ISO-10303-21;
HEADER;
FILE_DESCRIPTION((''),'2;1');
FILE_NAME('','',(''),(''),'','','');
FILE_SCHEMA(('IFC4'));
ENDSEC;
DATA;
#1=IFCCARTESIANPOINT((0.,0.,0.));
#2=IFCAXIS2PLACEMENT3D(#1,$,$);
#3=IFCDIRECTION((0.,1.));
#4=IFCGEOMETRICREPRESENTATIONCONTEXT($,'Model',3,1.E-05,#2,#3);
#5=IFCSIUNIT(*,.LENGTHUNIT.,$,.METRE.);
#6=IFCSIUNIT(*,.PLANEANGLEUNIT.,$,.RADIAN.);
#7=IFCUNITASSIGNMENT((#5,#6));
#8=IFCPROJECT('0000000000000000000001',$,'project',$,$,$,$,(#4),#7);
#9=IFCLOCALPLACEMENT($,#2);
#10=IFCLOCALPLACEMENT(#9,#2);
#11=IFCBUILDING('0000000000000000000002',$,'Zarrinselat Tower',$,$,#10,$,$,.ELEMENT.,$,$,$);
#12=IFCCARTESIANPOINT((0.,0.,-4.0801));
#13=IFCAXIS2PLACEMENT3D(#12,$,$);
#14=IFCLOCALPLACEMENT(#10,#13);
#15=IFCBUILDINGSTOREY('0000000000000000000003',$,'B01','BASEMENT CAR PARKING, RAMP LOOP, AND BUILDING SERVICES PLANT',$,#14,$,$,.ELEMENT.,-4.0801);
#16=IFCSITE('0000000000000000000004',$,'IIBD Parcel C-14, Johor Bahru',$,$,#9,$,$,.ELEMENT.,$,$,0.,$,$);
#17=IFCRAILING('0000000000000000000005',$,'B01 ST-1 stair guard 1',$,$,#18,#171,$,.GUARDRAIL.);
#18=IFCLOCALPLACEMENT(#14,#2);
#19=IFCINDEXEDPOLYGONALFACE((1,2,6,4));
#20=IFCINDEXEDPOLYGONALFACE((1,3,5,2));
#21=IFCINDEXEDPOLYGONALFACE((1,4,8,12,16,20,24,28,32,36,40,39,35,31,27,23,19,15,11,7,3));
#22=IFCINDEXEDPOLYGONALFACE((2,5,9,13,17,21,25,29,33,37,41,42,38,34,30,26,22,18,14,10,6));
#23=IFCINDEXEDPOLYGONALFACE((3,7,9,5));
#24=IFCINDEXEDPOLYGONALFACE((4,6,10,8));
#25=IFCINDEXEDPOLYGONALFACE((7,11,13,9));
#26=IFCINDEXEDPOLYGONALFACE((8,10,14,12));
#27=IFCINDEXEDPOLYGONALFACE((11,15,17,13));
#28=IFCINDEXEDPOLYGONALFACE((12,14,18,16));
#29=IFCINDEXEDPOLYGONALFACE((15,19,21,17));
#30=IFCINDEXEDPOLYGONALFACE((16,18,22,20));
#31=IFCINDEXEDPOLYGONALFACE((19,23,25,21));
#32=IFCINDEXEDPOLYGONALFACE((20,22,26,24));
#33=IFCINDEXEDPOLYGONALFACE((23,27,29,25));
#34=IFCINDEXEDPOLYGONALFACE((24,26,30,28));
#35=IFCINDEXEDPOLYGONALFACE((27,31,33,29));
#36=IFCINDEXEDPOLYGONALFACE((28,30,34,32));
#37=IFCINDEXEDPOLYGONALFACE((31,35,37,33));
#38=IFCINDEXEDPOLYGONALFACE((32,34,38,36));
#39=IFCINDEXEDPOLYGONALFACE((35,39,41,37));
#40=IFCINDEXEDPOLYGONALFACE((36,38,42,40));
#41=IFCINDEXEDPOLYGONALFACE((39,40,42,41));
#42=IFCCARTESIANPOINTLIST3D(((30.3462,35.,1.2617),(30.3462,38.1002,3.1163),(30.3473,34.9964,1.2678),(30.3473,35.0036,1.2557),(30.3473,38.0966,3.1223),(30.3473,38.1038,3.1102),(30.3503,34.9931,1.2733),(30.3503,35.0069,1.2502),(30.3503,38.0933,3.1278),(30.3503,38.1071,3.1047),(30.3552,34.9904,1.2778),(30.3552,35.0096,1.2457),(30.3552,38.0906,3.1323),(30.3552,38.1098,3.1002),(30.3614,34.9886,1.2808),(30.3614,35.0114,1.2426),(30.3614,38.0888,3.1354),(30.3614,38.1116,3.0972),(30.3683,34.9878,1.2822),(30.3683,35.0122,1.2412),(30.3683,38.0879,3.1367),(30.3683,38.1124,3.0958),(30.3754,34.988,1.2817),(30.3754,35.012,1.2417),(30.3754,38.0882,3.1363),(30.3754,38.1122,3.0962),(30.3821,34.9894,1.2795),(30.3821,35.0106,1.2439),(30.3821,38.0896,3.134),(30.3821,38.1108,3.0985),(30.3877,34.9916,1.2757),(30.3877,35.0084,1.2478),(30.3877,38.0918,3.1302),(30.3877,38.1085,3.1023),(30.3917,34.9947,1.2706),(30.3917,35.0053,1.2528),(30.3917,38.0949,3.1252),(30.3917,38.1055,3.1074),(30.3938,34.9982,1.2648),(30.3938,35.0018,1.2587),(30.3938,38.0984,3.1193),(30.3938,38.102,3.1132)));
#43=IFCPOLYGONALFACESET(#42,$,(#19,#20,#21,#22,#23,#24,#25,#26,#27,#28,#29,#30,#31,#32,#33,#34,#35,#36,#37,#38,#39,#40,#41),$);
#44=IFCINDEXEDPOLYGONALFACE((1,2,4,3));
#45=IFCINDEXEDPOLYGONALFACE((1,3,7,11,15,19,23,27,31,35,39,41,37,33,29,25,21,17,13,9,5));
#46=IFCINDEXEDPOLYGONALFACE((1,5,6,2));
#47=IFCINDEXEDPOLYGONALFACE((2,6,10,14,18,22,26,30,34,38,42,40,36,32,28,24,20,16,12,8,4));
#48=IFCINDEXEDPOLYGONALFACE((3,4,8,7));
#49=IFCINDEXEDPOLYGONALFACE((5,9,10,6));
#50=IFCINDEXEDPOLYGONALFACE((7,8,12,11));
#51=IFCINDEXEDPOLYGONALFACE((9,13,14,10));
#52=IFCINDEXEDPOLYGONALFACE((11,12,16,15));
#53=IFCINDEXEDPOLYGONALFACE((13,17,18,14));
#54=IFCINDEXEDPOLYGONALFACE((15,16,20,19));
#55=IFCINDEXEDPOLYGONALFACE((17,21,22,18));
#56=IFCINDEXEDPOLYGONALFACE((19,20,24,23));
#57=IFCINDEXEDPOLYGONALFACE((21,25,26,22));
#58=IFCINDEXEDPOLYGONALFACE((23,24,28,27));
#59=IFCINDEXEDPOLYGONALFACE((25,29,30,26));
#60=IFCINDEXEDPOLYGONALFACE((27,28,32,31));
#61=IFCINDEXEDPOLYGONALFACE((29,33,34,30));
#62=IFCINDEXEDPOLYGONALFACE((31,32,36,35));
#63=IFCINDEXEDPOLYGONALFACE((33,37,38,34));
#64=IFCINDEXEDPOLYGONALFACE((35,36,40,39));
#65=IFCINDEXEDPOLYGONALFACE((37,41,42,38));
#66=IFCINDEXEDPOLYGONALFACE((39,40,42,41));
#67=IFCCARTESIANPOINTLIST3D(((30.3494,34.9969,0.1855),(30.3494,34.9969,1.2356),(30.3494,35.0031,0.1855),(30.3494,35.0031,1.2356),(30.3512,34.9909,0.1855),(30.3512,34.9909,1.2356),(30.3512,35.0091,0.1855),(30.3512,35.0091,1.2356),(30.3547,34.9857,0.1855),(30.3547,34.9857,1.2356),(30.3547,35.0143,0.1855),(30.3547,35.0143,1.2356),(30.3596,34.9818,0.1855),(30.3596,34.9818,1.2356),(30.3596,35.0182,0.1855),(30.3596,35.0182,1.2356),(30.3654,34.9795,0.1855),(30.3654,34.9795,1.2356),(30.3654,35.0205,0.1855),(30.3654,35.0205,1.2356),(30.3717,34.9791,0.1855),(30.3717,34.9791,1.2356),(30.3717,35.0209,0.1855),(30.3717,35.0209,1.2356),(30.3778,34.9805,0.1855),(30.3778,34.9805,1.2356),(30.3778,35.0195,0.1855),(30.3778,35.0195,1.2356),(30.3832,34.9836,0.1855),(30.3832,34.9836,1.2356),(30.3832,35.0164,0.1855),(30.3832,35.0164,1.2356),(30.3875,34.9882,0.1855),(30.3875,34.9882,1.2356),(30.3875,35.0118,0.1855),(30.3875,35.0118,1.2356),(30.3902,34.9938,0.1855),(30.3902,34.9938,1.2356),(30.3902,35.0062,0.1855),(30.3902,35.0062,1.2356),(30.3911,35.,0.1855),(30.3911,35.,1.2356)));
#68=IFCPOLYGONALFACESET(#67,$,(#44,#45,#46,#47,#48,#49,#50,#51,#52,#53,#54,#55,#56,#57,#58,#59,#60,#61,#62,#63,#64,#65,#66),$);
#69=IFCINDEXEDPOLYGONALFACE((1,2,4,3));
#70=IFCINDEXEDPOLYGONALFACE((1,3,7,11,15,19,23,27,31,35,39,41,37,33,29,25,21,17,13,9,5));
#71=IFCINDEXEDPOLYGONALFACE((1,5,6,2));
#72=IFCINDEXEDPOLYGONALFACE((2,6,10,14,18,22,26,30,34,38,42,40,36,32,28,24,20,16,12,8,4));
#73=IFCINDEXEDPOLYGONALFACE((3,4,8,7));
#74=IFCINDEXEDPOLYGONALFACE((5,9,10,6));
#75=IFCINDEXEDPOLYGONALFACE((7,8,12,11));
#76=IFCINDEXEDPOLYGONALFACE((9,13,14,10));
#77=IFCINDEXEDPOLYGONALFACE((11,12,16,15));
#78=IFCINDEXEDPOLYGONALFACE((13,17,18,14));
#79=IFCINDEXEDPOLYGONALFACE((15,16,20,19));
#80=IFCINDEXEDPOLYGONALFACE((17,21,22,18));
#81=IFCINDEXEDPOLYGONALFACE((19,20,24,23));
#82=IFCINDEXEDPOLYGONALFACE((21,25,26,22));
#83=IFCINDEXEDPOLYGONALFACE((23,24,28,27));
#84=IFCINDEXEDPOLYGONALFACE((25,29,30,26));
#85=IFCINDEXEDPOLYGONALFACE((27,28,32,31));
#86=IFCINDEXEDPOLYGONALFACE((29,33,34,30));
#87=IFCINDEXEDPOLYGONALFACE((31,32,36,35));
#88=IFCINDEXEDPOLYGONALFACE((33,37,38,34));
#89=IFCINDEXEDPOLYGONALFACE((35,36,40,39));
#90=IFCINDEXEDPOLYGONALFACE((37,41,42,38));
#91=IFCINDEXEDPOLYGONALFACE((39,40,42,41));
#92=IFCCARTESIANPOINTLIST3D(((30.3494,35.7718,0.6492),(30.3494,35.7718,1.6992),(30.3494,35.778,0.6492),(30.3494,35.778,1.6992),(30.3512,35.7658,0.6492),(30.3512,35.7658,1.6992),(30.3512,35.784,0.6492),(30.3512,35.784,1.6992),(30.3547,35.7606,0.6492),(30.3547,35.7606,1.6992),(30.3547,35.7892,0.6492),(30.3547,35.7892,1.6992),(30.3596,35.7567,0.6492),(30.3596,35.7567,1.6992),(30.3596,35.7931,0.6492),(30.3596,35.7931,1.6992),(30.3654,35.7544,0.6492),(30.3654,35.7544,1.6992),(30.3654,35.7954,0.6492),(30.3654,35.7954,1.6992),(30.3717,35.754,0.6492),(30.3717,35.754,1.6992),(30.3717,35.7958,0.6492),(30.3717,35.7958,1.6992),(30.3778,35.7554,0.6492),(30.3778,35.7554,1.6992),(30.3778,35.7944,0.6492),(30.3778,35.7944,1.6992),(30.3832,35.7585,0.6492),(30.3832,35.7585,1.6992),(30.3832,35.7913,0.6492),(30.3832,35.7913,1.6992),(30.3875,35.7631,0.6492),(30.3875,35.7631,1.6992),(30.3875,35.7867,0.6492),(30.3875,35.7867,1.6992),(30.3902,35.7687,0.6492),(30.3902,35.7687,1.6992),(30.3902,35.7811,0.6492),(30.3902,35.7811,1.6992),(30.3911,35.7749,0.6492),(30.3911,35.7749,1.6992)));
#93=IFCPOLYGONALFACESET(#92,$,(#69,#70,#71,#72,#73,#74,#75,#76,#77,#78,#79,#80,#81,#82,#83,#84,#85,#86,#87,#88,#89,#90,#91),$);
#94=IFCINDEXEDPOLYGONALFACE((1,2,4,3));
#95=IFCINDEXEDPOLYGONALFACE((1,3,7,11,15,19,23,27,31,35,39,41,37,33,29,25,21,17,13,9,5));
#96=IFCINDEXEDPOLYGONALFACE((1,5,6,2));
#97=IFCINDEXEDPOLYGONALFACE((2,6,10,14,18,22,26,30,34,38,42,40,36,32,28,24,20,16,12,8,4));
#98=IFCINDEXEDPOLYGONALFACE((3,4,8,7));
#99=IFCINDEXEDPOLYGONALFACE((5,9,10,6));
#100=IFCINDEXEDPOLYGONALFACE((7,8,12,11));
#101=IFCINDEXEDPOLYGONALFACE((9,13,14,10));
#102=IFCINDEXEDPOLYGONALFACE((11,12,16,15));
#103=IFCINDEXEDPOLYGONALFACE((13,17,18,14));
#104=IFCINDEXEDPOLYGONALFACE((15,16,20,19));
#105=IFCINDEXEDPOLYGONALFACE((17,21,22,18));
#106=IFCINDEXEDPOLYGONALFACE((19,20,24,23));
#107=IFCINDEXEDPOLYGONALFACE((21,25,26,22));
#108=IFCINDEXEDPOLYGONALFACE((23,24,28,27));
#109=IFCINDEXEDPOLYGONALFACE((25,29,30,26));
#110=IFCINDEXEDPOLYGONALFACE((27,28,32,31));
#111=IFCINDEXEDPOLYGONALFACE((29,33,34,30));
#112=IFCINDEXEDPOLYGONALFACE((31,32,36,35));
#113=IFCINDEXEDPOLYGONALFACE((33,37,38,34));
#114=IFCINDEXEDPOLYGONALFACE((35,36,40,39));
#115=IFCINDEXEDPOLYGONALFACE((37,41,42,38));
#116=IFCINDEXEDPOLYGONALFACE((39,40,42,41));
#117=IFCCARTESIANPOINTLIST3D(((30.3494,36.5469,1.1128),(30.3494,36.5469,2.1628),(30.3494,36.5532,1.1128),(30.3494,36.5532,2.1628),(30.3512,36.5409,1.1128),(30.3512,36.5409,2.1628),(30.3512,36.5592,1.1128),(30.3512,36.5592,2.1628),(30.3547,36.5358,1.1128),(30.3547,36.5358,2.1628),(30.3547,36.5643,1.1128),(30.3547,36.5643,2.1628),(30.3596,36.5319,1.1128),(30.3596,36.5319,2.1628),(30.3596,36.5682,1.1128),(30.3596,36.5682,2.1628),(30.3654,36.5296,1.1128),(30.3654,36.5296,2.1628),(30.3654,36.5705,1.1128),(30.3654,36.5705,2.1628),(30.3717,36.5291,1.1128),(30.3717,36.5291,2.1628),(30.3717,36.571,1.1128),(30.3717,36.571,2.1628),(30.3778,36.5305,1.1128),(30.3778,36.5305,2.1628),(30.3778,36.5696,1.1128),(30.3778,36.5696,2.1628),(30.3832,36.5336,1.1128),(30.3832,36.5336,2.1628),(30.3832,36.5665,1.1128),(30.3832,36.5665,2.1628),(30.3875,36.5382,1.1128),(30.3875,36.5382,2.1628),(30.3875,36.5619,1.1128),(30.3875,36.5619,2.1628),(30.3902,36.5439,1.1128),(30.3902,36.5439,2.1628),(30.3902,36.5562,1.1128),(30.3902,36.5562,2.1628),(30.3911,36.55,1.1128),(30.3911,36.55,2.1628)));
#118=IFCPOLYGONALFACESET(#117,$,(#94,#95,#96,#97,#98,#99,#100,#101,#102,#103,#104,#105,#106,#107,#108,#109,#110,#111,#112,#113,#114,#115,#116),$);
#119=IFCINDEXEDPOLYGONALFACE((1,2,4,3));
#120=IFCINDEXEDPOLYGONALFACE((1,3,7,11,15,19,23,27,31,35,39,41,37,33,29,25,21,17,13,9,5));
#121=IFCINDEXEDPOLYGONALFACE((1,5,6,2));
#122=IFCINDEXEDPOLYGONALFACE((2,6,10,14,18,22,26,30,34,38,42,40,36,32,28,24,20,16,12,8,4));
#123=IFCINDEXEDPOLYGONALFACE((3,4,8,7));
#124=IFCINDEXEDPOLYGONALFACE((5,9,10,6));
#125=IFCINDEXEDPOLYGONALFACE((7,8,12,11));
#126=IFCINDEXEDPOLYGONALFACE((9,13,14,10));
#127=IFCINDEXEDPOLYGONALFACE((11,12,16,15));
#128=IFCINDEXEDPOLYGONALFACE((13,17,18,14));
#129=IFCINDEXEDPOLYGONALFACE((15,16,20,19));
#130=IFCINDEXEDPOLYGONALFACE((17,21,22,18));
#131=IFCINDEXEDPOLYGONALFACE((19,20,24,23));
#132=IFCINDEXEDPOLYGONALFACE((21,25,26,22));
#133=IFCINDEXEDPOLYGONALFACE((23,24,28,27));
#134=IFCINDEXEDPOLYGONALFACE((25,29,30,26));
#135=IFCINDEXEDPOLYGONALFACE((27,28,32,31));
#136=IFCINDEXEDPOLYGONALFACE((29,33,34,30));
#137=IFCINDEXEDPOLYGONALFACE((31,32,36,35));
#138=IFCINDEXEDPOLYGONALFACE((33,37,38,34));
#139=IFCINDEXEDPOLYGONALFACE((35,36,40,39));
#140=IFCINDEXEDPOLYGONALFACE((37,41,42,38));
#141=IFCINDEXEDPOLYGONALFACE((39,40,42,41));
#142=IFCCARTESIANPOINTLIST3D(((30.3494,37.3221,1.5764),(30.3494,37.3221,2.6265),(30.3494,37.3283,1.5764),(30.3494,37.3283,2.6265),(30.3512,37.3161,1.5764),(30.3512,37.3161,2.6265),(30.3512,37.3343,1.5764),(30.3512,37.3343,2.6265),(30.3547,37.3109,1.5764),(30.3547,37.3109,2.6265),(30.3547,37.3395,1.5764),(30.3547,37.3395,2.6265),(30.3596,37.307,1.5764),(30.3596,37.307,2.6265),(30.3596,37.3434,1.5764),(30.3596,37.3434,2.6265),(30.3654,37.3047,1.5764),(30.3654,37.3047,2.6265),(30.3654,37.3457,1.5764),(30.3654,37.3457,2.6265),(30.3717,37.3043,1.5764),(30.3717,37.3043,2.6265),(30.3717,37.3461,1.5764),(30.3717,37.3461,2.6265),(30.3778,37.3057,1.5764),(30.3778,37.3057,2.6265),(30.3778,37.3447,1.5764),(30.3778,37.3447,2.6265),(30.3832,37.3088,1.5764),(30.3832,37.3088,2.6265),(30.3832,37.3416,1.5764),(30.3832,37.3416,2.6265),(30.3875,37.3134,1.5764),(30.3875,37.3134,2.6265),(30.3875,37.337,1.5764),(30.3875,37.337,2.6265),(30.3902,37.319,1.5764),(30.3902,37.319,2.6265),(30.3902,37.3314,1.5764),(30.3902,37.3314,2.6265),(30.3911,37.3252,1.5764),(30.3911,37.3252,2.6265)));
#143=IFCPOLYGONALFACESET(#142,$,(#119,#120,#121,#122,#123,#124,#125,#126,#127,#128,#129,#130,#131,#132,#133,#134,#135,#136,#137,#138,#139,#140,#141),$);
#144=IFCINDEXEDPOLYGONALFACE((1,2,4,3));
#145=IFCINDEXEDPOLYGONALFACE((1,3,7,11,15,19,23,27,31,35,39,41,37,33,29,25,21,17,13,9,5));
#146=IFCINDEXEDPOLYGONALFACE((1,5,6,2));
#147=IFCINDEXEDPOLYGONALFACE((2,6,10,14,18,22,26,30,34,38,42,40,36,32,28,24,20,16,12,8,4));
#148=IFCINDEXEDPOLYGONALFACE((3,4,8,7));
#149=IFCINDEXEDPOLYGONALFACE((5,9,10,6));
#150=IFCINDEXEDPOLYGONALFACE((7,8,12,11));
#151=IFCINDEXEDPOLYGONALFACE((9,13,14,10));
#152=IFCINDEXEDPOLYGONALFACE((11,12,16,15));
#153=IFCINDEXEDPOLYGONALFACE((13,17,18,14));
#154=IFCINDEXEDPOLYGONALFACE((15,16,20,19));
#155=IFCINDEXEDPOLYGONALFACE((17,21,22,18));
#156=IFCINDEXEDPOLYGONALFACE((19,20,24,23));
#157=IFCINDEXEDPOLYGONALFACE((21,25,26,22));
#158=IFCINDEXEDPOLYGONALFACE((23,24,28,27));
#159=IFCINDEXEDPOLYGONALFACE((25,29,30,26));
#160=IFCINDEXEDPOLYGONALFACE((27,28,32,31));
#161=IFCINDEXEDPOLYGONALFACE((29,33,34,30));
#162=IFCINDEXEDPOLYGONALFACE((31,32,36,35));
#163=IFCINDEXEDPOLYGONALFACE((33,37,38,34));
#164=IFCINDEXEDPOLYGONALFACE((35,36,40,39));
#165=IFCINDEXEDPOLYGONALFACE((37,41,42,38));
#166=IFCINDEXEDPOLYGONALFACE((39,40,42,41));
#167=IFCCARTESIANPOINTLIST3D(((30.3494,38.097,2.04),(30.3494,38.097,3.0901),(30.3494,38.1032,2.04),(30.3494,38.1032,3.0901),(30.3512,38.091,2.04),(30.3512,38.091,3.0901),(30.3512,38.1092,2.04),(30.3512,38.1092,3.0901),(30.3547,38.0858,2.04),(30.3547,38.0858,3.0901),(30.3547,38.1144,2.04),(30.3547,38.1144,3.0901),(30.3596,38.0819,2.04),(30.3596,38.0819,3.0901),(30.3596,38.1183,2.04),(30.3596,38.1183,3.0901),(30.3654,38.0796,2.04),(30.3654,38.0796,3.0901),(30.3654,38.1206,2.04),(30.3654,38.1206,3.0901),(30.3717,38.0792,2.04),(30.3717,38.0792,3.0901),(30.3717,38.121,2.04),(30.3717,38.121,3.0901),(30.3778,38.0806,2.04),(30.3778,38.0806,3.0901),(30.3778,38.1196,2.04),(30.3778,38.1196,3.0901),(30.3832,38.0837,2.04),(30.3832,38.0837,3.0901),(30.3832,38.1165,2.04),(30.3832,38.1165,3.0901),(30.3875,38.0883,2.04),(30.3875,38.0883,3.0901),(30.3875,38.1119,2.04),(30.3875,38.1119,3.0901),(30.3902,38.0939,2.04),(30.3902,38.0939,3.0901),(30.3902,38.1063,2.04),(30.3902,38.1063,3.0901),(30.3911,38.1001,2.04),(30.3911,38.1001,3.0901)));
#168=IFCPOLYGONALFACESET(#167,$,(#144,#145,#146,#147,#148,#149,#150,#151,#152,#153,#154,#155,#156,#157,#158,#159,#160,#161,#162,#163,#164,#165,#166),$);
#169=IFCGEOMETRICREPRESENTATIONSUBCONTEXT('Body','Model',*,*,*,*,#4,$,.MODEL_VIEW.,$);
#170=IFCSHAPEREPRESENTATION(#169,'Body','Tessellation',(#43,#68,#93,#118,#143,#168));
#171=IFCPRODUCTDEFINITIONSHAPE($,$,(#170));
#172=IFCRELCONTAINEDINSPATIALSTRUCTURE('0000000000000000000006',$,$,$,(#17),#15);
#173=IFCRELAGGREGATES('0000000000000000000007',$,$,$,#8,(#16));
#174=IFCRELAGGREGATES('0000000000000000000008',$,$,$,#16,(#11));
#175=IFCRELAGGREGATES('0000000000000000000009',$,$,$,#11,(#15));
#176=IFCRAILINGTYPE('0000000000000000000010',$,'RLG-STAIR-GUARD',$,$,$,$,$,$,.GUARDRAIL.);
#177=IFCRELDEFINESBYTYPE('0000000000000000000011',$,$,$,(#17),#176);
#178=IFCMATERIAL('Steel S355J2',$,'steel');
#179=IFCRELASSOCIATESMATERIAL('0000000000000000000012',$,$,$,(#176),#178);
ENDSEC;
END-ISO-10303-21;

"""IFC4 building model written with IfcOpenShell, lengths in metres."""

from ifc_helpers import new_model, si_unit, direction, frame, origin, origin_2d, place, context, subcontext, project, spatial, circle, extrude, material, type_object, element, save


model = new_model("IFC4")

# Units and contexts
model_context = context("Model", 3, precision=1e-05, world=origin(), true_north=direction((0.0, 1.0)))
body_context = subcontext(model_context, "Body", "Model", "MODEL_VIEW")
ifc_project = project(units=[si_unit("LENGTHUNIT", "METRE"), si_unit("PLANEANGLEUNIT", "RADIAN")], contexts=[model_context])

# Site, building, storey
site_placement = place(None, origin())
site = spatial("IfcSite", under=ifc_project, at=site_placement, Name="IIBD Parcel C-14, Johor Bahru", CompositionType="ELEMENT", RefElevation=0.0)
building_placement = place(site_placement, origin())
building = spatial("IfcBuilding", under=site, at=building_placement, Name="Zarrinselat Tower", CompositionType="ELEMENT")
storey_placement = place(building_placement, frame((0.0, 0.0, -4.0801)))
storey = spatial("IfcBuildingStorey", under=building, at=storey_placement, Name="B01", Description="BASEMENT CAR PARKING, RAMP LOOP, AND BUILDING SERVICES PLANT", CompositionType="ELEMENT", Elevation=-4.0801)

# Railing
ifc_material_1 = material(Name="Steel S355J2", Category="steel")
railing_type_1 = type_object("IfcRailingType", Name="RLG-STAIR-GUARD", PredefinedType="GUARDRAIL", material=ifc_material_1)
railing_1_placement = place(storey_placement, frame((30.3701, 35.0, 0.1855)))
element("IfcRailing", 1, at=railing_1_placement, inside=storey, type_object=railing_type_1, Name="B01 ST-1 stair guard 1", PredefinedType="GUARDRAIL", context=body_context, shape_type="SweptSolid", body=[
    extrude(circle(Radius=0.0239, at=origin_2d()), frame((0.0, 0.0, 1.0762), z_axis=(0.0, 0.858172, 0.513362), x_axis=(-1.0, 0.0, 0.0)), (0.0, 0.0, 1.0), 3.6125),
    extrude(circle(Radius=0.021, at=origin_2d()), origin(), (0.0, 0.0, 1.0), 1.05),
    extrude(circle(Radius=0.021, at=origin_2d()), frame((0.0, 0.7749, 0.4636)), (0.0, 0.0, 1.0), 1.05),
    extrude(circle(Radius=0.021, at=origin_2d()), frame((0.0, 1.55, 0.9272)), (0.0, 0.0, 1.0), 1.05),
    extrude(circle(Radius=0.021, at=origin_2d()), frame((0.0, 2.3252, 1.3909)), (0.0, 0.0, 1.0), 1.05),
    extrude(circle(Radius=0.021, at=origin_2d()), frame((0.0, 3.1001, 1.8545)), (0.0, 0.0, 1.0), 1.05),
])

save(model, "model.ifc")
